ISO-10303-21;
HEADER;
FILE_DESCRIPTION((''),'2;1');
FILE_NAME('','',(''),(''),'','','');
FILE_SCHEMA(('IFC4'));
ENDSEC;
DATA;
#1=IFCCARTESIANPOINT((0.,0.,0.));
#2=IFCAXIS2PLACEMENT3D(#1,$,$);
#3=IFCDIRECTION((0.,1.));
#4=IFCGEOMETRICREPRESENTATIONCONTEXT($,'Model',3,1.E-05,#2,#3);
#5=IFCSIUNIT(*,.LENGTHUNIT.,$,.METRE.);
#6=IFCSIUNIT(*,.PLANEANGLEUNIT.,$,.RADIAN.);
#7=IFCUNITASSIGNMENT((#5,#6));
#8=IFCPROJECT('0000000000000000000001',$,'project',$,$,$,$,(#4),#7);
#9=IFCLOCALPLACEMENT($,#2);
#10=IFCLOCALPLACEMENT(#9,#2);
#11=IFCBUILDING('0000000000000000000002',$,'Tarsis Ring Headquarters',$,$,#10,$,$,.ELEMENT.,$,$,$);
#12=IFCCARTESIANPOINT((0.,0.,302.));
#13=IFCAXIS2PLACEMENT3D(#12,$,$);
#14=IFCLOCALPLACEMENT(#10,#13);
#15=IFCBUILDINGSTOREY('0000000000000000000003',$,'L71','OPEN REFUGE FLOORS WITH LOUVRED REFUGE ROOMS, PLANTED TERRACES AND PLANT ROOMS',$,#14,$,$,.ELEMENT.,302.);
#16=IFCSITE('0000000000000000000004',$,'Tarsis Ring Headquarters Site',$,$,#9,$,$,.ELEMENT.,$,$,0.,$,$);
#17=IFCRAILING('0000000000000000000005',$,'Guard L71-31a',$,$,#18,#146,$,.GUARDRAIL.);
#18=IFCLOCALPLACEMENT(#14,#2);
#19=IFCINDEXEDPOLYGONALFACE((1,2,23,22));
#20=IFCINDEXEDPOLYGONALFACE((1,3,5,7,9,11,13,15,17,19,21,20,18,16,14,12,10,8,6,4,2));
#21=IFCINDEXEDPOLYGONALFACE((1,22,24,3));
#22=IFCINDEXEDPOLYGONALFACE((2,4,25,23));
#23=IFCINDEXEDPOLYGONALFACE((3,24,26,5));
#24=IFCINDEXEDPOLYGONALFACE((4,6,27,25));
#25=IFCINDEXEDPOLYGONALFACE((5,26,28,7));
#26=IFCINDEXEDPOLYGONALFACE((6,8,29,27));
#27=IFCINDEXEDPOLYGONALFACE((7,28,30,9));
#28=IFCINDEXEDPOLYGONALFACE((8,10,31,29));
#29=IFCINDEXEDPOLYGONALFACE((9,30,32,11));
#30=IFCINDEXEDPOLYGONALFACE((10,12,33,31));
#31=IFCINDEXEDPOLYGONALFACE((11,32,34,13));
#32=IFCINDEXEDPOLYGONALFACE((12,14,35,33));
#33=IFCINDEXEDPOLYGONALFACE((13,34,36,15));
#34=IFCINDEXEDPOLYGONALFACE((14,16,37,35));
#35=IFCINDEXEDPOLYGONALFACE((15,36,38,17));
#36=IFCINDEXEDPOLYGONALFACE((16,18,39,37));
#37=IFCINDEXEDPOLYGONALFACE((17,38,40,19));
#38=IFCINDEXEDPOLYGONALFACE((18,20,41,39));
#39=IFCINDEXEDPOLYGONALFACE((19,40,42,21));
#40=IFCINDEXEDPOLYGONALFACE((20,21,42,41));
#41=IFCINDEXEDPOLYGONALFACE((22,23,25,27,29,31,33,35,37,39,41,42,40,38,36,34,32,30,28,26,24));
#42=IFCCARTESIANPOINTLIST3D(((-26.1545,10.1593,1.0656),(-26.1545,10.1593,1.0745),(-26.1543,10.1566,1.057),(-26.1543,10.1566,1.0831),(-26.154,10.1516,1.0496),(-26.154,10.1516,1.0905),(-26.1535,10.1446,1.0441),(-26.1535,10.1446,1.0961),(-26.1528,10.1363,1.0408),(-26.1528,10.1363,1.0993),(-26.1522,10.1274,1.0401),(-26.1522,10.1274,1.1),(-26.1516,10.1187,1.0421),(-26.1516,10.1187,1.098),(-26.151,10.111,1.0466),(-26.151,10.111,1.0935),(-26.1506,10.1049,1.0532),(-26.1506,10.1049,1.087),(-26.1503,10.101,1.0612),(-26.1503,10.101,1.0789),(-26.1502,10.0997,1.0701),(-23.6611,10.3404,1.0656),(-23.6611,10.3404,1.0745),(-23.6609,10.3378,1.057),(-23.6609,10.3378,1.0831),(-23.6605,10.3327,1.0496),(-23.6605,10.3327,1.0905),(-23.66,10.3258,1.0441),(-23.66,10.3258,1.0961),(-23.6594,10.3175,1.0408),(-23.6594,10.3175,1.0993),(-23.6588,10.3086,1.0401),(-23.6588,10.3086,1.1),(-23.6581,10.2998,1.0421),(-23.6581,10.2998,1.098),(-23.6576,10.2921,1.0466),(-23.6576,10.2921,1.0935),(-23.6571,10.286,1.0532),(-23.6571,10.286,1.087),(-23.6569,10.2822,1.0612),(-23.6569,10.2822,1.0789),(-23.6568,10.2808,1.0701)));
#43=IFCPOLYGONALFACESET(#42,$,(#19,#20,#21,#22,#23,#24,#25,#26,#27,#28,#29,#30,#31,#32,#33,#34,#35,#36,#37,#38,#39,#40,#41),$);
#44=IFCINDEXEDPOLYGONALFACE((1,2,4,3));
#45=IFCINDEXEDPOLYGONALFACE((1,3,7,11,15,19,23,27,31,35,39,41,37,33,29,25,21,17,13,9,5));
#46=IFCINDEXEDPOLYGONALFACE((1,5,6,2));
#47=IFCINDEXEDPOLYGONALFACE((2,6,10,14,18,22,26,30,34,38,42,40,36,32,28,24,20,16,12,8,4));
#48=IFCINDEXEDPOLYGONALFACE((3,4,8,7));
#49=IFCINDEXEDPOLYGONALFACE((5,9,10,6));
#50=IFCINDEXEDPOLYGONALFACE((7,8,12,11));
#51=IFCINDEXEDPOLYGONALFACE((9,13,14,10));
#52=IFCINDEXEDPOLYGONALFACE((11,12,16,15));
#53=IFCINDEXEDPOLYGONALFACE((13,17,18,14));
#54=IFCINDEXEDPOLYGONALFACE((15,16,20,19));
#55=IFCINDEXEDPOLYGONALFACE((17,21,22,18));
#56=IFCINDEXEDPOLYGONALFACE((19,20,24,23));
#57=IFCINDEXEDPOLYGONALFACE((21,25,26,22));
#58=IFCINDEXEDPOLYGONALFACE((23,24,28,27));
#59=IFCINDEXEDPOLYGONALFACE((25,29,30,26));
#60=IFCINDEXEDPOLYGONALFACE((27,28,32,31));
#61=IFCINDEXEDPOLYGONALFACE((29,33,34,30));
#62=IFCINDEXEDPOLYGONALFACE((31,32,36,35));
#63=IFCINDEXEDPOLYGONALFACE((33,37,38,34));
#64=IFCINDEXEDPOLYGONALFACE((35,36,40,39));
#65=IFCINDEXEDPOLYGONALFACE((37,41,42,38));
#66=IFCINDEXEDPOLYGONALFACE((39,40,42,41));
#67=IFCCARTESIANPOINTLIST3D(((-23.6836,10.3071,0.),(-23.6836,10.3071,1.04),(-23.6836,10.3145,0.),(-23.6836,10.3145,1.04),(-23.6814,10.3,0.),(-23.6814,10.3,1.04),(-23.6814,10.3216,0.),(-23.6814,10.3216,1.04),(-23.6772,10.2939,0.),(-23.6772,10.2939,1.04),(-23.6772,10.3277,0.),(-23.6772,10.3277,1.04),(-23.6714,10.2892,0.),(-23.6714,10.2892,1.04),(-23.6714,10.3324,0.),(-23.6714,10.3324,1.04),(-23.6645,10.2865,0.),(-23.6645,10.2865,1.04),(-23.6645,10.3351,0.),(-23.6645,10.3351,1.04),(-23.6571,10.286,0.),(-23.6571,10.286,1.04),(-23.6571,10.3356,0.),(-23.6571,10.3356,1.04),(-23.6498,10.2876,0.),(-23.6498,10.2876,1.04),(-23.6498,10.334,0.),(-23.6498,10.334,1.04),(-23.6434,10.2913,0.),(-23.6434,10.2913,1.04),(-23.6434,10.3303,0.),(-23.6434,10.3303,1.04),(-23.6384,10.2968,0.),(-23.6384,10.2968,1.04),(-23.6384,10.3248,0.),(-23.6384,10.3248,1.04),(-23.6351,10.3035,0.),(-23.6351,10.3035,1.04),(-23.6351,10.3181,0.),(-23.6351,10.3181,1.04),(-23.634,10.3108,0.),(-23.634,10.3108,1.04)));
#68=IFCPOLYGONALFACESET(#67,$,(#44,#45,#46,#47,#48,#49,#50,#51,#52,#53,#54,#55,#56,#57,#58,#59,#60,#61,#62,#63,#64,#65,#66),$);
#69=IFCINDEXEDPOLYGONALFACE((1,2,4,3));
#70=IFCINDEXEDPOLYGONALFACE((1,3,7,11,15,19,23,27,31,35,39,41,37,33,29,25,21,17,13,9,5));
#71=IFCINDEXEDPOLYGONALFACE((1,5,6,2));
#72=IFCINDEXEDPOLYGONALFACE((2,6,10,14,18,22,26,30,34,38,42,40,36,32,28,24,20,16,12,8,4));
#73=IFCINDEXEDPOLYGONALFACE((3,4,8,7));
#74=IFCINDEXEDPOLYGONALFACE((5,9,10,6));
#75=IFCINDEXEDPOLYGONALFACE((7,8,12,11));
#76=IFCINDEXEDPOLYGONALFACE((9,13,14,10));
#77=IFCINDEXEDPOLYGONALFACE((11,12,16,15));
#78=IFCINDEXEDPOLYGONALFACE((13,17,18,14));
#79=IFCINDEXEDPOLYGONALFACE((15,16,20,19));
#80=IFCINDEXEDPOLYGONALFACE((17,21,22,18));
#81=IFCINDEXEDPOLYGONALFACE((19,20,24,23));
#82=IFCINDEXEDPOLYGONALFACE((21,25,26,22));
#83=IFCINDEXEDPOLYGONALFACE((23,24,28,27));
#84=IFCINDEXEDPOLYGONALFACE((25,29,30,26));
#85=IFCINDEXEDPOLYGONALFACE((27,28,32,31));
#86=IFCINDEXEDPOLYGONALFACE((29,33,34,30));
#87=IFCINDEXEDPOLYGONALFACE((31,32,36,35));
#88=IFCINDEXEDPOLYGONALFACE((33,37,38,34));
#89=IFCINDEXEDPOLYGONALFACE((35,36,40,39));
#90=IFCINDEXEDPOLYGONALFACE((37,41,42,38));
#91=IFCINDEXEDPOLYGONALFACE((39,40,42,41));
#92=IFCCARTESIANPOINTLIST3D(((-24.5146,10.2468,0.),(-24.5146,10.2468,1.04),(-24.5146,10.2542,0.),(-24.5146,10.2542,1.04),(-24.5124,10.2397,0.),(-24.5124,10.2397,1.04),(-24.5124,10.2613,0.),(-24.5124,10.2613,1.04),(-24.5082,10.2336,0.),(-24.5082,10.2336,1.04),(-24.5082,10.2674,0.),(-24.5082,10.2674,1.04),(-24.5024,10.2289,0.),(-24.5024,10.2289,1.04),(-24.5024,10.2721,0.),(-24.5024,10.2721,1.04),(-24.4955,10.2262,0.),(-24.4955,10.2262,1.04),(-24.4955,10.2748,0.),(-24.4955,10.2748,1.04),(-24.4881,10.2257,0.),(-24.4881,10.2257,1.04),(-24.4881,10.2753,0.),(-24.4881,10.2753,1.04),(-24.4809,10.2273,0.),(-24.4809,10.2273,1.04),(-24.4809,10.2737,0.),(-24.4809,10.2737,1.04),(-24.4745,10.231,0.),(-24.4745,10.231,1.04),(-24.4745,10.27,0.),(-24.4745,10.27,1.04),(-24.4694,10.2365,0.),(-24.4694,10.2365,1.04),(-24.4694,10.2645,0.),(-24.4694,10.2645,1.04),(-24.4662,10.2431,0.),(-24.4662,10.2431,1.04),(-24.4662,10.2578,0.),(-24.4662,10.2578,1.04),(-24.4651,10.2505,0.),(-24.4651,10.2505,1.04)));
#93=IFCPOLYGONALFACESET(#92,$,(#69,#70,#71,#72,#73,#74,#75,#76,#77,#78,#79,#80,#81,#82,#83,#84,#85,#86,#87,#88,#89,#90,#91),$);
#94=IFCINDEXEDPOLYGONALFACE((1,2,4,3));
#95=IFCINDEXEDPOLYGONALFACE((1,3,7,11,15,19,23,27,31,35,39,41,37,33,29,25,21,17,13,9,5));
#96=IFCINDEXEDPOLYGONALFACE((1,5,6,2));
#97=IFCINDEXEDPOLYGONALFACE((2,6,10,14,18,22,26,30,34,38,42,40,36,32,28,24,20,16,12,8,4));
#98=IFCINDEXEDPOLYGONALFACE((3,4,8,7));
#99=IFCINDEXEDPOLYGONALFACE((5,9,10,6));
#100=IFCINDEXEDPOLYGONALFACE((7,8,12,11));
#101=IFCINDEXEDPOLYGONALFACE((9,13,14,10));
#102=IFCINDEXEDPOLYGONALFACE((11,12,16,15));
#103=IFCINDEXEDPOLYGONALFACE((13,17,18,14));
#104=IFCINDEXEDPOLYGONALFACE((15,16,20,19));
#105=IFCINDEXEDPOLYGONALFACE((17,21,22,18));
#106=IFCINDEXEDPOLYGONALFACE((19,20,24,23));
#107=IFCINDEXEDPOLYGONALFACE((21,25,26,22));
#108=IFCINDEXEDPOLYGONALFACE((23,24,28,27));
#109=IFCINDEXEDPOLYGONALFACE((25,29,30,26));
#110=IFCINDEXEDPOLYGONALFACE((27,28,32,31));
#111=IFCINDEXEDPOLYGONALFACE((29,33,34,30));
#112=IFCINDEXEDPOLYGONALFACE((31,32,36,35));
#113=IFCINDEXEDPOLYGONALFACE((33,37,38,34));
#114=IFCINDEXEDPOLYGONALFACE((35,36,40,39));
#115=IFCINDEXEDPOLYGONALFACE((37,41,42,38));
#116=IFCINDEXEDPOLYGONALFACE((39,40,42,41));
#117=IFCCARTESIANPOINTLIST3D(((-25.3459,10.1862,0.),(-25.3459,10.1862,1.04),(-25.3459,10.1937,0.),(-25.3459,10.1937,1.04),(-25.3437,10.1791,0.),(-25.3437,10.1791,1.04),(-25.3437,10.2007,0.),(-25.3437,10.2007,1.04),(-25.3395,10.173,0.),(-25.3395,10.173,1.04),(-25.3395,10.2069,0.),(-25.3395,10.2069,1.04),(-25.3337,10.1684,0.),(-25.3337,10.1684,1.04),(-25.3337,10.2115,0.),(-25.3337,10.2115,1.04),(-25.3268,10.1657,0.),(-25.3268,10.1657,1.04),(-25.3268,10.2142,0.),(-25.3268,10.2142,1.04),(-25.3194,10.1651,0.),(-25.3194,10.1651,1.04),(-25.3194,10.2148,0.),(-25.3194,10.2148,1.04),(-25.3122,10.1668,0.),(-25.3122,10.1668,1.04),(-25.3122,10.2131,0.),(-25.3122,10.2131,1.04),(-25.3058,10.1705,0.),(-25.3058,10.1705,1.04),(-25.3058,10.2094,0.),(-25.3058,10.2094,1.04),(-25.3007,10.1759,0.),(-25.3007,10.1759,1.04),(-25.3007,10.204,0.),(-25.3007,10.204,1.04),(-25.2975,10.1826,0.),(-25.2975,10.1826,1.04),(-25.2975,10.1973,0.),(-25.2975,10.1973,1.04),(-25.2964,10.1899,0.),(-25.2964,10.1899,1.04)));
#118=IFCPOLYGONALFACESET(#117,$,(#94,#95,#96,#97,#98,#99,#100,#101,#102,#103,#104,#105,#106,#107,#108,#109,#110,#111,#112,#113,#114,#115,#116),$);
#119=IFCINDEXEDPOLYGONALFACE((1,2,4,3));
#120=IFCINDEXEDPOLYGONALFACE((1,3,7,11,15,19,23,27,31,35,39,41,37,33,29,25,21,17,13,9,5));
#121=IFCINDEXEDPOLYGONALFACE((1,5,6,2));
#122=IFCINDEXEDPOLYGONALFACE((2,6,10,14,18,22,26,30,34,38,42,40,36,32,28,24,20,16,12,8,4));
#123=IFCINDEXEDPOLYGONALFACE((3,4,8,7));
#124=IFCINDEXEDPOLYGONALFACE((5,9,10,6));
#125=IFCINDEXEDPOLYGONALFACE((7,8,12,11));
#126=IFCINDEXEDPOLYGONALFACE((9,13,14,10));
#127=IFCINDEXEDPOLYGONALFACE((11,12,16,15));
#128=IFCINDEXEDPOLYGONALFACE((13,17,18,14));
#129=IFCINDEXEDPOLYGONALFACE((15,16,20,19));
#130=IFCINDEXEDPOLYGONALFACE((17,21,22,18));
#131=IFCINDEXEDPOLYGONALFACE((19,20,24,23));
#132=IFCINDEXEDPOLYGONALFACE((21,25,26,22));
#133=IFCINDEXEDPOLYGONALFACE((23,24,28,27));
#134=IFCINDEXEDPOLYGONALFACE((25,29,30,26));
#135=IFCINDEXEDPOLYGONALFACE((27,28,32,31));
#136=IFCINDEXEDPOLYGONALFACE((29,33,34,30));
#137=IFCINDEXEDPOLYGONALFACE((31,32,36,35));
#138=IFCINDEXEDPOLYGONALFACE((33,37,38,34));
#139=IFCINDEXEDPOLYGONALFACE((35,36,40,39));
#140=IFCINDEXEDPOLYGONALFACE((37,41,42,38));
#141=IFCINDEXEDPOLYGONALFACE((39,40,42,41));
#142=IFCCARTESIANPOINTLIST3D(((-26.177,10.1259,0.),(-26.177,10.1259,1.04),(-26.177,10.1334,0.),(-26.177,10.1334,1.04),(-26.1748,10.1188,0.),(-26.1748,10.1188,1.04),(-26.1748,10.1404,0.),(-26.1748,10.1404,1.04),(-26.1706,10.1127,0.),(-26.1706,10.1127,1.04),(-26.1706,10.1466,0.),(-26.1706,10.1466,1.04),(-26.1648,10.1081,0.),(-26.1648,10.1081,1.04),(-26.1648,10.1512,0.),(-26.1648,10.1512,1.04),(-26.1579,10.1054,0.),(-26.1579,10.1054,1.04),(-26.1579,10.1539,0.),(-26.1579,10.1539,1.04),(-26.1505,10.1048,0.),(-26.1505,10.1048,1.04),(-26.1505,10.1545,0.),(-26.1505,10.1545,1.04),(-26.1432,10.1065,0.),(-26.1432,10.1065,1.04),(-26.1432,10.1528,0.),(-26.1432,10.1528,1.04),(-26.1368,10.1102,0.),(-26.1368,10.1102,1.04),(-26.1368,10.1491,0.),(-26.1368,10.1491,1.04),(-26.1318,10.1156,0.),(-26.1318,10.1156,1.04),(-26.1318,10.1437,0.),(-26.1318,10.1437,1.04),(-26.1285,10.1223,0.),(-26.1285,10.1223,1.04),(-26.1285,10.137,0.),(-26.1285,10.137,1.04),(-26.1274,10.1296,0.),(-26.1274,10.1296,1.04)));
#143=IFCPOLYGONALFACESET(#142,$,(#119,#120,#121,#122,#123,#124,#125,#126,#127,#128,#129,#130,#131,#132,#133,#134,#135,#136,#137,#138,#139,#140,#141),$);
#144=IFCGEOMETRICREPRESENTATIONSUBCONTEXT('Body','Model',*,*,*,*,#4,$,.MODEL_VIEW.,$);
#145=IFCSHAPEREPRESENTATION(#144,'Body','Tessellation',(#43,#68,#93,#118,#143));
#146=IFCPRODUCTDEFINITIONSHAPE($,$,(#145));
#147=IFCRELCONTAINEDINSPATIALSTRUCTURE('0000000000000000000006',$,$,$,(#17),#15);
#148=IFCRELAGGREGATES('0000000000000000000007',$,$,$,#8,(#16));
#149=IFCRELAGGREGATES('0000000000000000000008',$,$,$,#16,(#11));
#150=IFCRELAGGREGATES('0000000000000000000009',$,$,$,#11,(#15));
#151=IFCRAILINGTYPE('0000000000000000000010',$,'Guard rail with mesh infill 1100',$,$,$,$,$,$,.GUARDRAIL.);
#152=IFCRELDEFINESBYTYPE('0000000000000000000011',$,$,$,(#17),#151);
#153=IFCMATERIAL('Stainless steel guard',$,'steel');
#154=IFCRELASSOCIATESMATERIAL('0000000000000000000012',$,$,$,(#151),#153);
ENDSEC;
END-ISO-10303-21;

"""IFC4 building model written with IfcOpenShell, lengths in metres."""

from ifc_helpers import new_model, si_unit, direction, frame, origin, origin_2d, place, context, subcontext, project, spatial, circle, extrude, material, type_object, element, save


model = new_model("IFC4")

# Units and contexts
model_context = context("Model", 3, precision=1e-05, world=origin(), true_north=direction((0.0, 1.0)))
body_context = subcontext(model_context, "Body", "Model", "MODEL_VIEW")
ifc_project = project(units=[si_unit("LENGTHUNIT", "METRE"), si_unit("PLANEANGLEUNIT", "RADIAN")], contexts=[model_context])

# Site, building, storey
site_placement = place(None, origin())
site = spatial("IfcSite", under=ifc_project, at=site_placement, Name="Tarsis Ring Headquarters Site", CompositionType="ELEMENT", RefElevation=0.0)
building_placement = place(site_placement, origin())
building = spatial("IfcBuilding", under=site, at=building_placement, Name="Tarsis Ring Headquarters", CompositionType="ELEMENT")
storey_placement = place(building_placement, frame((0.0, 0.0, 302.0)))
storey = spatial("IfcBuildingStorey", under=building, at=storey_placement, Name="L71", Description="OPEN REFUGE FLOORS WITH LOUVRED REFUGE ROOMS, PLANTED TERRACES AND PLANT ROOMS", CompositionType="ELEMENT", Elevation=302.0)

# Railing
ifc_material_1 = material(Name="Stainless steel guard", Category="steel")
railing_type_1 = type_object("IfcRailingType", Name="Guard rail with mesh infill 1100", PredefinedType="GUARDRAIL", material=ifc_material_1)
railing_1_placement = place(storey_placement, frame((-23.6589, 10.3108, 0.0)))
element("IfcRailing", 1, at=railing_1_placement, inside=storey, type_object=railing_type_1, Name="Guard L71-31a", PredefinedType="GUARDRAIL", context=body_context, shape_type="SweptSolid", body=[
    extrude(circle(Radius=0.03, at=origin_2d()), frame((0.0, 0.0, 1.0701), z_axis=(-0.997371, -0.072462, 0.0), x_axis=(0.072462, -0.997371, 0.0)), (0.0, 0.0, 1.0), 2.5),
    extrude(circle(Radius=0.0249, at=origin_2d()), origin(), (0.0, 0.0, 1.0), 1.04),
    extrude(circle(Radius=0.0249, at=origin_2d()), frame((-0.8311, -0.0603, 0.0)), (0.0, 0.0, 1.0), 1.04),
    extrude(circle(Radius=0.0249, at=origin_2d()), frame((-1.6624, -0.1208, 0.0)), (0.0, 0.0, 1.0), 1.04),
    extrude(circle(Radius=0.0249, at=origin_2d()), frame((-2.4934, -0.1812, 0.0)), (0.0, 0.0, 1.0), 1.04),
])

save(model, "model.ifc")
